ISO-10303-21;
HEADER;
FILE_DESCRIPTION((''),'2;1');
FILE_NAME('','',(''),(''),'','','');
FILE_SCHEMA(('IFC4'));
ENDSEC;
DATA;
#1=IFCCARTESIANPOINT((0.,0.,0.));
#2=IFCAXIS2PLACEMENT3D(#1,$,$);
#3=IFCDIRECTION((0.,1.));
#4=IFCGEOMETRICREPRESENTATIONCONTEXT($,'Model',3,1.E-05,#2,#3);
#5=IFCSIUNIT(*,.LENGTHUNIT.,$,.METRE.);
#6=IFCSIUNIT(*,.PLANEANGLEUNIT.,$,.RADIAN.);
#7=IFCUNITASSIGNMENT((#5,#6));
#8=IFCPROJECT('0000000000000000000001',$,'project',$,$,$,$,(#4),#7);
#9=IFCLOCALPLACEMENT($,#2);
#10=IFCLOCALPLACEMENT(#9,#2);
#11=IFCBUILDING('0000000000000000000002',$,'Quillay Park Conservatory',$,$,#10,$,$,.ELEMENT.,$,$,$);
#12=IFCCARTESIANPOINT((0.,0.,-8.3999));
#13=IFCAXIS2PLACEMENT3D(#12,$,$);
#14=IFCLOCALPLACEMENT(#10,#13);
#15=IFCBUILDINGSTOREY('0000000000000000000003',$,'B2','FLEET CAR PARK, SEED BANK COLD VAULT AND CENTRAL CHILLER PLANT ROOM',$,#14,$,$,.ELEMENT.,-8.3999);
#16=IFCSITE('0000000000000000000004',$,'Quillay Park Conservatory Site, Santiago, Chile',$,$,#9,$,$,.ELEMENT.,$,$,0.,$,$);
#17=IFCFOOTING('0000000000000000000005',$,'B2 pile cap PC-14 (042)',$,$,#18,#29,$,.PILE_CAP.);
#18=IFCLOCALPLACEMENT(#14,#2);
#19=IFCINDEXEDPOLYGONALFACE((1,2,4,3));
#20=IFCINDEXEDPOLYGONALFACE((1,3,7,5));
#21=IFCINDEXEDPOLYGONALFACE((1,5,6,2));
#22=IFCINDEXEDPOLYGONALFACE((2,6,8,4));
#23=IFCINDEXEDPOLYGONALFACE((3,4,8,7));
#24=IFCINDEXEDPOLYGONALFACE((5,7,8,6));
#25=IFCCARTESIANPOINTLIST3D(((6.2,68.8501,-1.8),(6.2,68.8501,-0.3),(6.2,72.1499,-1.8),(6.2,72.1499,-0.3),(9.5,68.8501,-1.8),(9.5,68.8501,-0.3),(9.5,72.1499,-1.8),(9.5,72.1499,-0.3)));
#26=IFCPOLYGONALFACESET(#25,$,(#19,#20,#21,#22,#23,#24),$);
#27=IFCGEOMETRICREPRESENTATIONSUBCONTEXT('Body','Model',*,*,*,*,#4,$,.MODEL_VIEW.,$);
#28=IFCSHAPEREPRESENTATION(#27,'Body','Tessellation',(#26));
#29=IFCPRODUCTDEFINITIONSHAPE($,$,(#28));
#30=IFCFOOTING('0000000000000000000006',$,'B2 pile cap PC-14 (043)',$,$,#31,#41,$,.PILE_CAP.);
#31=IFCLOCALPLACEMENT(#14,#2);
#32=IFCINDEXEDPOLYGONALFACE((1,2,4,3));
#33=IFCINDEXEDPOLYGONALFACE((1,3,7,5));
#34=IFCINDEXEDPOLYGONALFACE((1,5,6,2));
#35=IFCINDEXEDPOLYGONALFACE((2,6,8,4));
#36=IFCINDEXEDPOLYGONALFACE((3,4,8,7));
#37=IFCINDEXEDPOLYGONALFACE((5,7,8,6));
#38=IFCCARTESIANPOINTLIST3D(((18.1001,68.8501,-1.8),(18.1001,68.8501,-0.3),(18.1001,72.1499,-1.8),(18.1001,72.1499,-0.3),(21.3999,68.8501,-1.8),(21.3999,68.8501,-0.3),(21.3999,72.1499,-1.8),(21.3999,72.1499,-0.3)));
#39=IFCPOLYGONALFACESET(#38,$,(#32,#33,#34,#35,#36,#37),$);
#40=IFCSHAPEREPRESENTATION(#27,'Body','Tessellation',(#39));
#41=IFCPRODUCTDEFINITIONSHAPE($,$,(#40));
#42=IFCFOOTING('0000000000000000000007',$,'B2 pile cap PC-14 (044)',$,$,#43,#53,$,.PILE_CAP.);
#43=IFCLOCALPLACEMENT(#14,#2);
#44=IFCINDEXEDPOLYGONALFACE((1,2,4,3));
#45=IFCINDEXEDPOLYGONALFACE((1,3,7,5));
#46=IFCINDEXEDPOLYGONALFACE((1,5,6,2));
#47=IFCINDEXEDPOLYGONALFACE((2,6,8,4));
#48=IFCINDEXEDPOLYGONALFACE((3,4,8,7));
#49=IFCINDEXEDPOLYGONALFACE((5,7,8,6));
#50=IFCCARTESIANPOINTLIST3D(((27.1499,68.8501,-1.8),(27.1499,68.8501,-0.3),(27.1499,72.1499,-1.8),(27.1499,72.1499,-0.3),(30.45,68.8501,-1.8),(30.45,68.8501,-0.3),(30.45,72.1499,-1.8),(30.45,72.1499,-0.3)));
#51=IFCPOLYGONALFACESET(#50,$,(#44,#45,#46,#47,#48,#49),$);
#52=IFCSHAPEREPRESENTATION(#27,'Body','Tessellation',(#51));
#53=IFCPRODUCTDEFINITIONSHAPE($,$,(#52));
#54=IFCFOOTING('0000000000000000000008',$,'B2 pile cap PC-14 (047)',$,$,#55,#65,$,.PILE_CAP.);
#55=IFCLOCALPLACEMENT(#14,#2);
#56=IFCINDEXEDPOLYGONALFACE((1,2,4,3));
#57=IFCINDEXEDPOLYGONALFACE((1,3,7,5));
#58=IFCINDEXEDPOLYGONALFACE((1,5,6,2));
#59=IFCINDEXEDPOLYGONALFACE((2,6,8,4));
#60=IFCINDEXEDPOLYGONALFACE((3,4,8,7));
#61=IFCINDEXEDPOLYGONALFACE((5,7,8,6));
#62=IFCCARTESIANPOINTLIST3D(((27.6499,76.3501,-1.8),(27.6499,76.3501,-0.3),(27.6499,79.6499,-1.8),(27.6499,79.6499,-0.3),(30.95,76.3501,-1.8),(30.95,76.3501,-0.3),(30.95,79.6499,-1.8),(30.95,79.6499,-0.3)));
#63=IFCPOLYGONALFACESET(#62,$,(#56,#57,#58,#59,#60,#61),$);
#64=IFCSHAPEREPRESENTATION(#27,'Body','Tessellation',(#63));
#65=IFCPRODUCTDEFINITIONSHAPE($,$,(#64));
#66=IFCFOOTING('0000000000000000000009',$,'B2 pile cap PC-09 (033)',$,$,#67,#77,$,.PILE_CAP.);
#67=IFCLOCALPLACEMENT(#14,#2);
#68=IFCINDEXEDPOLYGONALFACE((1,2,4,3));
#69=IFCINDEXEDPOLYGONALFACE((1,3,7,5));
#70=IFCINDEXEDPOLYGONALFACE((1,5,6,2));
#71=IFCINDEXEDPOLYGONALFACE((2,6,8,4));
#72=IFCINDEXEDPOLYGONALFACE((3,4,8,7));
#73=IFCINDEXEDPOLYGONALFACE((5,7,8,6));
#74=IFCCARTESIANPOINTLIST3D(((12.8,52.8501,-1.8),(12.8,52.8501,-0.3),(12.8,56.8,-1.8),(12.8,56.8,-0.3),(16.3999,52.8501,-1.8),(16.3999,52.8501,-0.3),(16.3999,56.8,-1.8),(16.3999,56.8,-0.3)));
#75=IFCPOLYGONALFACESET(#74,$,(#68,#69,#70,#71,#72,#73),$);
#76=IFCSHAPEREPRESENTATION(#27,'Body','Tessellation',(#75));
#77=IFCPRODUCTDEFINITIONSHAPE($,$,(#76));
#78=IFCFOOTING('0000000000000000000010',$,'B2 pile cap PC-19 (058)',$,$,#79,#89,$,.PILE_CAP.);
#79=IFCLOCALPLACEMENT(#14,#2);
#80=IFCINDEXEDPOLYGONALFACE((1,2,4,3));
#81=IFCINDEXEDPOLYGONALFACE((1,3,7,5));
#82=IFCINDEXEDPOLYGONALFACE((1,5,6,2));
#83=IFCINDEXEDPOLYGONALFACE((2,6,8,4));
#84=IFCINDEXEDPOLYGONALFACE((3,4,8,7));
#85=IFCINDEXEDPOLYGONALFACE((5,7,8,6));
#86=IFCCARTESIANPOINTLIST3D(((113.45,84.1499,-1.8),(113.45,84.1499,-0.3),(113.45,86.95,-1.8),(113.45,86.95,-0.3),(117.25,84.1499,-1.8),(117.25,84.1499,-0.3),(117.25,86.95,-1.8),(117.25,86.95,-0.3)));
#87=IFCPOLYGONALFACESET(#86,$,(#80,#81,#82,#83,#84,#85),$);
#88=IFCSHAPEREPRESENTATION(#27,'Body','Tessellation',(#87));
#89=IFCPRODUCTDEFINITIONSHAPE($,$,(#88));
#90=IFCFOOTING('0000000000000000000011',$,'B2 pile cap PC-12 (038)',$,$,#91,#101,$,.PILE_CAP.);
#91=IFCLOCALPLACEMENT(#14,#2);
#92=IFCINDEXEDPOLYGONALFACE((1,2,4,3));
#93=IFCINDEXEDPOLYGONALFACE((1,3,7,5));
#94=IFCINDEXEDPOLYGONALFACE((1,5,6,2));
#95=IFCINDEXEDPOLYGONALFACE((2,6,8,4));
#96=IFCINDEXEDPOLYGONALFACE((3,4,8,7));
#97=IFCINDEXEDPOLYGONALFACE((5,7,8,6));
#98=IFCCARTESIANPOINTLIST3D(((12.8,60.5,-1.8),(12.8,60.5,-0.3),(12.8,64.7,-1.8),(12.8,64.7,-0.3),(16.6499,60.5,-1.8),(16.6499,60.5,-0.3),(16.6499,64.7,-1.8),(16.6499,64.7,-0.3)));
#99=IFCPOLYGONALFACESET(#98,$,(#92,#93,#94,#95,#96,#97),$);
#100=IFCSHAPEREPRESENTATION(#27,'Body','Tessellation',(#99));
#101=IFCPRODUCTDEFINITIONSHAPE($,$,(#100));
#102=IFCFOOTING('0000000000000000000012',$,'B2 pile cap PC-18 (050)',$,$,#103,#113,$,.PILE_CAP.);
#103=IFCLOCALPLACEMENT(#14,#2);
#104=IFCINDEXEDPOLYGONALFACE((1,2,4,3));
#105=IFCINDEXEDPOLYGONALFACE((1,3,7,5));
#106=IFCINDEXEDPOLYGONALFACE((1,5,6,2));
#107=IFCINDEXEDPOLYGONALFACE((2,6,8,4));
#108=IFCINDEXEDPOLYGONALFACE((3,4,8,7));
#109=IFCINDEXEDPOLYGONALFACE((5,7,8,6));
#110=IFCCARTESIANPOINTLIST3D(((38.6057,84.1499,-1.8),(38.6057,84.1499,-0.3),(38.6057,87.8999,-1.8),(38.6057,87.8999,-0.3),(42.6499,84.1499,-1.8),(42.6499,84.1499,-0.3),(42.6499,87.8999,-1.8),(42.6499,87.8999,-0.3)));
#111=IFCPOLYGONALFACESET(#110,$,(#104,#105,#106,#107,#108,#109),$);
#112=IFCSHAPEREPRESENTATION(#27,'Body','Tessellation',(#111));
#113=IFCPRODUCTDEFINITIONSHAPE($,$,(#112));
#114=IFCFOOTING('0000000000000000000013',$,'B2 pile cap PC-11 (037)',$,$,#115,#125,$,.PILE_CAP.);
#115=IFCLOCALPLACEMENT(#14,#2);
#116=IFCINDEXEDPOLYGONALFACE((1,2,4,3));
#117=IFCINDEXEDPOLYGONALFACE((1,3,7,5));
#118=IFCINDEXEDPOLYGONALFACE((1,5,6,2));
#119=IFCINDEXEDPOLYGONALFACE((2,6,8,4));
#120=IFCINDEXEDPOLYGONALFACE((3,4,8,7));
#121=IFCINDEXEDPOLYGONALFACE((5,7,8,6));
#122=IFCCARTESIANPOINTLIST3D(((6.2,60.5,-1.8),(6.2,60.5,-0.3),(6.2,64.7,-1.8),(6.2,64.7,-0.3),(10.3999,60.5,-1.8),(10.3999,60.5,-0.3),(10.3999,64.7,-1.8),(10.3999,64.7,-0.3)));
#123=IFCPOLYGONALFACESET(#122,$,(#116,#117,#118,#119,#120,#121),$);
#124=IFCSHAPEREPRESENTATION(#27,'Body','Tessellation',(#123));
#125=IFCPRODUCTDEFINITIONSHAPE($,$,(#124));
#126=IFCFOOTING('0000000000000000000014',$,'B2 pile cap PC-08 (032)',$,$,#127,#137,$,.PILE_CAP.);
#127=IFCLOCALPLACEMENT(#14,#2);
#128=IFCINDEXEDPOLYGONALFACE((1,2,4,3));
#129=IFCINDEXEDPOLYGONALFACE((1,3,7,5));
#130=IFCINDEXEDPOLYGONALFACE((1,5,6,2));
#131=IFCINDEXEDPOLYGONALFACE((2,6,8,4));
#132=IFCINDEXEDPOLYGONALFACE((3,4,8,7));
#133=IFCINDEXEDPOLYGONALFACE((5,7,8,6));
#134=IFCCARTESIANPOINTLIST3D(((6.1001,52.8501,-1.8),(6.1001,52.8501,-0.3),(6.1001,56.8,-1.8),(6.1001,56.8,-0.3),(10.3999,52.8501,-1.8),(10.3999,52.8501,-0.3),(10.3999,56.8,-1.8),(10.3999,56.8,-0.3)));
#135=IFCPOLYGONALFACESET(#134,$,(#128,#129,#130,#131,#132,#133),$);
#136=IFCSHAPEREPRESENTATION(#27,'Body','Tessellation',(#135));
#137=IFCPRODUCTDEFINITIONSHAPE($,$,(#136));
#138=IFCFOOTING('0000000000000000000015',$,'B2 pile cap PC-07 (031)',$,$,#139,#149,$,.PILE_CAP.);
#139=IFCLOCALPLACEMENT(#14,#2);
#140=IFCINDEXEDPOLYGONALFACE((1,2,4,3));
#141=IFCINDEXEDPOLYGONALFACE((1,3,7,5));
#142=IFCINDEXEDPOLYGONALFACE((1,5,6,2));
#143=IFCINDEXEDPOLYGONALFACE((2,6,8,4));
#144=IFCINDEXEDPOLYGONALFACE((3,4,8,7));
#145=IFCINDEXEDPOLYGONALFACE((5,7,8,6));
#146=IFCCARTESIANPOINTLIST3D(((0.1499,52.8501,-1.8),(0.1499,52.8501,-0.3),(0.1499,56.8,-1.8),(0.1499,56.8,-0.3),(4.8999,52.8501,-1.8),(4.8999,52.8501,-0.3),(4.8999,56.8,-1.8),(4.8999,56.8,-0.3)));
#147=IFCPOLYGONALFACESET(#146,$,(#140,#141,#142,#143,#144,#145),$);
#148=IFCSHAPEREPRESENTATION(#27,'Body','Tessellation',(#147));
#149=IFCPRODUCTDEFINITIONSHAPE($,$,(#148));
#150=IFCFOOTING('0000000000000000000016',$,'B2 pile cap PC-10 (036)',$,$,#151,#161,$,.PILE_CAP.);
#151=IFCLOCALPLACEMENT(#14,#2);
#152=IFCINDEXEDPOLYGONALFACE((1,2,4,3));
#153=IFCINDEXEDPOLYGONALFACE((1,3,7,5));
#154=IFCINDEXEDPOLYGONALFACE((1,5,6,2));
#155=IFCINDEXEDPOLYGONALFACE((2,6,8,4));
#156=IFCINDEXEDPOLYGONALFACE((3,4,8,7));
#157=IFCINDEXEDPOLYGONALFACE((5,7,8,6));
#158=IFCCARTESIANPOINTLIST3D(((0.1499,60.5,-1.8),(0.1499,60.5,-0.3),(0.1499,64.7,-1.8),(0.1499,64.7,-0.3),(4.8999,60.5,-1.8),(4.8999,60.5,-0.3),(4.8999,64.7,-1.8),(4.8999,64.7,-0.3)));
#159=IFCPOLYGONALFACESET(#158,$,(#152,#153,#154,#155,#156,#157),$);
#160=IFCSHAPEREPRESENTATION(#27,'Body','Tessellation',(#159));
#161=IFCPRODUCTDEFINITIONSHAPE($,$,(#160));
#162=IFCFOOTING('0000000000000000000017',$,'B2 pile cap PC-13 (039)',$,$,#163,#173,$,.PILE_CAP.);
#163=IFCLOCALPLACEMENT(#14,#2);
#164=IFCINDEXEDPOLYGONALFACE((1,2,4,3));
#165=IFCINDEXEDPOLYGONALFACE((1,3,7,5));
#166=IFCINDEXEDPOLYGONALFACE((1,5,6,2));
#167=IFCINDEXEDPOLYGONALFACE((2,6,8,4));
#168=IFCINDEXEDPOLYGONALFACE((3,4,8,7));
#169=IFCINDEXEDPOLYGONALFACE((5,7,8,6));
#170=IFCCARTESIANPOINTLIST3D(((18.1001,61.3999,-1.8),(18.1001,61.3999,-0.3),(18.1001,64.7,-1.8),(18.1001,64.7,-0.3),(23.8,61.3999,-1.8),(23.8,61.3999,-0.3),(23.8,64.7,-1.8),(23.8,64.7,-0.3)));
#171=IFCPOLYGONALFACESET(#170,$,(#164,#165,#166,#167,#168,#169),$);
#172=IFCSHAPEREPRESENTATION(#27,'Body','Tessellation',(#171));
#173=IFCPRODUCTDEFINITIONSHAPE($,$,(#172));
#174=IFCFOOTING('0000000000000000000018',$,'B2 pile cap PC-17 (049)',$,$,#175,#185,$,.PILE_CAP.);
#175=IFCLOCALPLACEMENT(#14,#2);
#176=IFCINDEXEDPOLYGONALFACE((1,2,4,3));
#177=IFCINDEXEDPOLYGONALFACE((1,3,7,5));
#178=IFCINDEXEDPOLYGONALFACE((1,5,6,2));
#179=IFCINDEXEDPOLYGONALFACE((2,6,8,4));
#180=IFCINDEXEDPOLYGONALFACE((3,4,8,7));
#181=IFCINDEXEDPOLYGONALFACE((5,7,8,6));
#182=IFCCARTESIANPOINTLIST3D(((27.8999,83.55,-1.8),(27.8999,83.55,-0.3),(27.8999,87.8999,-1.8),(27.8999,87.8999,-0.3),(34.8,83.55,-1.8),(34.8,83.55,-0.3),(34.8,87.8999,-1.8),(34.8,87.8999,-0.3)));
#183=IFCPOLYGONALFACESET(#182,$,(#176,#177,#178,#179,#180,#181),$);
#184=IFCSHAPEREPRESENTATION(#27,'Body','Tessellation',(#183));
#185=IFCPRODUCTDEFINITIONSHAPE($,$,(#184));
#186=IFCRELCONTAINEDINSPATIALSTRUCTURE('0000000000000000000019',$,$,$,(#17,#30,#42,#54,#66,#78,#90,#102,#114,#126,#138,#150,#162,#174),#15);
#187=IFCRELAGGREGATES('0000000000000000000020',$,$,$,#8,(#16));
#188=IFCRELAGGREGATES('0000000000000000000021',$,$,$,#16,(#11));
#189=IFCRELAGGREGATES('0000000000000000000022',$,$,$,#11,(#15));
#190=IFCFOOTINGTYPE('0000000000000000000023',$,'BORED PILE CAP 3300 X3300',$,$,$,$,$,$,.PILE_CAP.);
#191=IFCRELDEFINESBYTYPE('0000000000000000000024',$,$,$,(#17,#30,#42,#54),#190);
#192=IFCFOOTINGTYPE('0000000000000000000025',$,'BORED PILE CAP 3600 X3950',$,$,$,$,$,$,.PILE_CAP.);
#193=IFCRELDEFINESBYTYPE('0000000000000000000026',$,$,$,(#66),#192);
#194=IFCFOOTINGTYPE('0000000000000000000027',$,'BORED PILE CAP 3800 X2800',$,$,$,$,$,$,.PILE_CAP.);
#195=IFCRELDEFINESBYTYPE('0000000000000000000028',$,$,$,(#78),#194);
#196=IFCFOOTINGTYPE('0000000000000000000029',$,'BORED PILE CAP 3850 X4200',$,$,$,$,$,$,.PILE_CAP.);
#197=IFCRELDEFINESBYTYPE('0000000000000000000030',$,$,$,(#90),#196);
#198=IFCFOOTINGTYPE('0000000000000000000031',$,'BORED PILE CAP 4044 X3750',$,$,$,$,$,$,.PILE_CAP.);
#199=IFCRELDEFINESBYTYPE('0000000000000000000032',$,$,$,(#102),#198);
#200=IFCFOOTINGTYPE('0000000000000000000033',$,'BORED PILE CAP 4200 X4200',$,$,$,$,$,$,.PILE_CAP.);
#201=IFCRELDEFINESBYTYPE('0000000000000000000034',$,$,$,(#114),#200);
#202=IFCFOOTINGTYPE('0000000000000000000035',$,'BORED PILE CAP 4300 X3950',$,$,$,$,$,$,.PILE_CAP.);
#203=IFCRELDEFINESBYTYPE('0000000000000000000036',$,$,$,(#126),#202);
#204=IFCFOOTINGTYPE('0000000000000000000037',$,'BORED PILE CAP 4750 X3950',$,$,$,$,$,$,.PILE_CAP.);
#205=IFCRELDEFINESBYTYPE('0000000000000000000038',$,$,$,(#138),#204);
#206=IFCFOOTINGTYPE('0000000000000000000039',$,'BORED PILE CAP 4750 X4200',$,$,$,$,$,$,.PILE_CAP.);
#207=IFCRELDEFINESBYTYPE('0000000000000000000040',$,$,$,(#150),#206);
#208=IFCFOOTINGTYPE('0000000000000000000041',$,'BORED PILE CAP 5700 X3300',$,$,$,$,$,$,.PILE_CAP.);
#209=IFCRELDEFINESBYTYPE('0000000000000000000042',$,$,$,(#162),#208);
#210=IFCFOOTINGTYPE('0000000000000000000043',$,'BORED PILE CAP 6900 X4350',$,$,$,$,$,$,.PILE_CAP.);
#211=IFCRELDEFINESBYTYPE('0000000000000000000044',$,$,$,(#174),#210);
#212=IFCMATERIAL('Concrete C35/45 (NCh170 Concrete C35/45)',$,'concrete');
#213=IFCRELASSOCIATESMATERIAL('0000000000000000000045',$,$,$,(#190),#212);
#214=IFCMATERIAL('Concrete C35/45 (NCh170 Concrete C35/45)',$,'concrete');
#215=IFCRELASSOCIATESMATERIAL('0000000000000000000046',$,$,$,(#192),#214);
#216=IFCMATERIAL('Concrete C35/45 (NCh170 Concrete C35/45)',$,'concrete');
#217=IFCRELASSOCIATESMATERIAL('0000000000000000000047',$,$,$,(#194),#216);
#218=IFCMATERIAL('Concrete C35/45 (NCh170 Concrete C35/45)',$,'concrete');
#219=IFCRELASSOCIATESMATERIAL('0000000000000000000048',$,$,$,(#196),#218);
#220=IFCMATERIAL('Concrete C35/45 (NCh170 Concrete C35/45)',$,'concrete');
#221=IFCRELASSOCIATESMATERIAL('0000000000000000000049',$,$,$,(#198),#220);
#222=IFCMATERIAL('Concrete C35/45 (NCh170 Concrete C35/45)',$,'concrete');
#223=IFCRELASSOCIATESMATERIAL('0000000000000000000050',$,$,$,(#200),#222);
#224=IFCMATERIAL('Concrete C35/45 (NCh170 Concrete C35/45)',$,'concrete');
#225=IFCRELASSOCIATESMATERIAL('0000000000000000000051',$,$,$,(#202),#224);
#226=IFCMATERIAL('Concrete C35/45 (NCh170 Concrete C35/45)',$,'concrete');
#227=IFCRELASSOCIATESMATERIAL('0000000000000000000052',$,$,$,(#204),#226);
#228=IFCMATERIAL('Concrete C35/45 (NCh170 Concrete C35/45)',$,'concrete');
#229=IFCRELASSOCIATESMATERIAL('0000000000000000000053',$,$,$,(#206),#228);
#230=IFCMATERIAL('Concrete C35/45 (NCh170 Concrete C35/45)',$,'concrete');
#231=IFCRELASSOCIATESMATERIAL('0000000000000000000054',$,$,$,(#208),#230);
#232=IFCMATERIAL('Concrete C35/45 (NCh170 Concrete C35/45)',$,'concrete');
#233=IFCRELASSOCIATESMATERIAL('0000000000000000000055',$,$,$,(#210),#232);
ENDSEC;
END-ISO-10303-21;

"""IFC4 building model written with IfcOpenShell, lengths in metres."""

from ifc_helpers import new_model, si_unit, direction, frame, origin, place, context, subcontext, project, spatial, polyline, outline, extrude, material, type_object, element, save


model = new_model("IFC4")

# Units and contexts
model_context = context("Model", 3, precision=1e-05, world=origin(), true_north=direction((0.0, 1.0)))
body_context = subcontext(model_context, "Body", "Model", "MODEL_VIEW")
ifc_project = project(units=[si_unit("LENGTHUNIT", "METRE"), si_unit("PLANEANGLEUNIT", "RADIAN")], contexts=[model_context])

# Site, building, storey
site_placement = place(None, origin())
site = spatial("IfcSite", under=ifc_project, at=site_placement, Name="Quillay Park Conservatory Site, Santiago, Chile", CompositionType="ELEMENT", RefElevation=0.0)
building_placement = place(site_placement, origin())
building = spatial("IfcBuilding", under=site, at=building_placement, Name="Quillay Park Conservatory", CompositionType="ELEMENT")
storey_placement = place(building_placement, frame((0.0, 0.0, -8.3999)))
storey = spatial("IfcBuildingStorey", under=building, at=storey_placement, Name="B2", Description="FLEET CAR PARK, SEED BANK COLD VAULT AND CENTRAL CHILLER PLANT ROOM", CompositionType="ELEMENT", Elevation=-8.3999)

# Footings
ifc_material_1 = material(Name="Concrete C35/45 (NCh170 Concrete C35/45)", Category="concrete")
footing_type_1 = type_object("IfcFootingType", Name="BORED PILE CAP 3300 X3300", PredefinedType="PILE_CAP", material=ifc_material_1)
footing_1_placement = place(storey_placement, frame((0.0, 0.0, -1.8)))
element("IfcFooting", 1, at=footing_1_placement, inside=storey, type_object=footing_type_1, Name="B2 pile cap PC-14 (042)", PredefinedType="PILE_CAP", context=body_context, shape_type="SweptSolid", body=[
    extrude(outline(polyline([(6.2, 68.8501), (9.5, 68.8501), (9.5, 72.1499), (6.2, 72.1499), (6.2, 68.8501)])), origin(), (0.0, 0.0, 1.0), 1.5),
])
footing_2_placement = place(storey_placement, frame((0.0, 0.0, -1.8)))
element("IfcFooting", 2, at=footing_2_placement, inside=storey, type_object=footing_type_1, Name="B2 pile cap PC-14 (043)", PredefinedType="PILE_CAP", context=body_context, shape_type="SweptSolid", body=[
    extrude(outline(polyline([(18.1001, 68.8501), (21.3999, 68.8501), (21.3999, 72.1499), (18.1001, 72.1499), (18.1001, 68.8501)])), origin(), (0.0, 0.0, 1.0), 1.5),
])
footing_3_placement = place(storey_placement, frame((0.0, 0.0, -1.8)))
element("IfcFooting", 3, at=footing_3_placement, inside=storey, type_object=footing_type_1, Name="B2 pile cap PC-14 (044)", PredefinedType="PILE_CAP", context=body_context, shape_type="SweptSolid", body=[
    extrude(outline(polyline([(27.1499, 68.8501), (30.45, 68.8501), (30.45, 72.1499), (27.1499, 72.1499), (27.1499, 68.8501)])), origin(), (0.0, 0.0, 1.0), 1.5),
])
footing_4_placement = place(storey_placement, frame((0.0, 0.0, -1.8)))
element("IfcFooting", 4, at=footing_4_placement, inside=storey, type_object=footing_type_1, Name="B2 pile cap PC-14 (047)", PredefinedType="PILE_CAP", context=body_context, shape_type="SweptSolid", body=[
    extrude(outline(polyline([(27.6499, 76.3501), (30.95, 76.3501), (30.95, 79.6499), (27.6499, 79.6499), (27.6499, 76.3501)])), origin(), (0.0, 0.0, 1.0), 1.5),
])
ifc_material_2 = material(Name="Concrete C35/45 (NCh170 Concrete C35/45)", Category="concrete")
footing_type_2 = type_object("IfcFootingType", Name="BORED PILE CAP 3600 X3950", PredefinedType="PILE_CAP", material=ifc_material_2)
footing_5_placement = place(storey_placement, frame((0.0, 0.0, -1.8)))
element("IfcFooting", 5, at=footing_5_placement, inside=storey, type_object=footing_type_2, Name="B2 pile cap PC-09 (033)", PredefinedType="PILE_CAP", context=body_context, shape_type="SweptSolid", body=[
    extrude(outline(polyline([(12.8, 52.8501), (16.3999, 52.8501), (16.3999, 56.8), (12.8, 56.8), (12.8, 52.8501)])), origin(), (0.0, 0.0, 1.0), 1.5),
])
ifc_material_3 = material(Name="Concrete C35/45 (NCh170 Concrete C35/45)", Category="concrete")
footing_type_3 = type_object("IfcFootingType", Name="BORED PILE CAP 3800 X2800", PredefinedType="PILE_CAP", material=ifc_material_3)
footing_6_placement = place(storey_placement, frame((0.0, 0.0, -1.8)))
element("IfcFooting", 6, at=footing_6_placement, inside=storey, type_object=footing_type_3, Name="B2 pile cap PC-19 (058)", PredefinedType="PILE_CAP", context=body_context, shape_type="SweptSolid", body=[
    extrude(outline(polyline([(113.45, 84.1499), (117.25, 84.1499), (117.25, 86.95), (113.45, 86.95), (113.45, 84.1499)])), origin(), (0.0, 0.0, 1.0), 1.5),
])
ifc_material_4 = material(Name="Concrete C35/45 (NCh170 Concrete C35/45)", Category="concrete")
footing_type_4 = type_object("IfcFootingType", Name="BORED PILE CAP 3850 X4200", PredefinedType="PILE_CAP", material=ifc_material_4)
footing_7_placement = place(storey_placement, frame((0.0, 0.0, -1.8)))
element("IfcFooting", 7, at=footing_7_placement, inside=storey, type_object=footing_type_4, Name="B2 pile cap PC-12 (038)", PredefinedType="PILE_CAP", context=body_context, shape_type="SweptSolid", body=[
    extrude(outline(polyline([(12.8, 60.5), (16.6499, 60.5), (16.6499, 64.7), (12.8, 64.7), (12.8, 60.5)])), origin(), (0.0, 0.0, 1.0), 1.5),
])
ifc_material_5 = material(Name="Concrete C35/45 (NCh170 Concrete C35/45)", Category="concrete")
footing_type_5 = type_object("IfcFootingType", Name="BORED PILE CAP 4044 X3750", PredefinedType="PILE_CAP", material=ifc_material_5)
footing_8_placement = place(storey_placement, frame((0.0, 0.0, -1.8)))
element("IfcFooting", 8, at=footing_8_placement, inside=storey, type_object=footing_type_5, Name="B2 pile cap PC-18 (050)", PredefinedType="PILE_CAP", context=body_context, shape_type="SweptSolid", body=[
    extrude(outline(polyline([(38.6057, 84.1499), (42.6499, 84.1499), (42.6499, 87.8999), (38.6057, 87.8999), (38.6057, 84.1499)])), origin(), (0.0, 0.0, 1.0), 1.5),
])
ifc_material_6 = material(Name="Concrete C35/45 (NCh170 Concrete C35/45)", Category="concrete")
footing_type_6 = type_object("IfcFootingType", Name="BORED PILE CAP 4200 X4200", PredefinedType="PILE_CAP", material=ifc_material_6)
footing_9_placement = place(storey_placement, frame((0.0, 0.0, -1.8)))
element("IfcFooting", 9, at=footing_9_placement, inside=storey, type_object=footing_type_6, Name="B2 pile cap PC-11 (037)", PredefinedType="PILE_CAP", context=body_context, shape_type="SweptSolid", body=[
    extrude(outline(polyline([(6.2, 60.5), (10.3999, 60.5), (10.3999, 64.7), (6.2, 64.7), (6.2, 60.5)])), origin(), (0.0, 0.0, 1.0), 1.5),
])
ifc_material_7 = material(Name="Concrete C35/45 (NCh170 Concrete C35/45)", Category="concrete")
footing_type_7 = type_object("IfcFootingType", Name="BORED PILE CAP 4300 X3950", PredefinedType="PILE_CAP", material=ifc_material_7)
footing_10_placement = place(storey_placement, frame((0.0, 0.0, -1.8)))
element("IfcFooting", 10, at=footing_10_placement, inside=storey, type_object=footing_type_7, Name="B2 pile cap PC-08 (032)", PredefinedType="PILE_CAP", context=body_context, shape_type="SweptSolid", body=[
    extrude(outline(polyline([(6.1001, 52.8501), (10.3999, 52.8501), (10.3999, 56.8), (6.1001, 56.8), (6.1001, 52.8501)])), origin(), (0.0, 0.0, 1.0), 1.5),
])
ifc_material_8 = material(Name="Concrete C35/45 (NCh170 Concrete C35/45)", Category="concrete")
footing_type_8 = type_object("IfcFootingType", Name="BORED PILE CAP 4750 X3950", PredefinedType="PILE_CAP", material=ifc_material_8)
footing_11_placement = place(storey_placement, frame((0.0, 0.0, -1.8)))
element("IfcFooting", 11, at=footing_11_placement, inside=storey, type_object=footing_type_8, Name="B2 pile cap PC-07 (031)", PredefinedType="PILE_CAP", context=body_context, shape_type="SweptSolid", body=[
    extrude(outline(polyline([(0.1499, 52.8501), (4.8999, 52.8501), (4.8999, 56.8), (0.1499, 56.8), (0.1499, 52.8501)])), origin(), (0.0, 0.0, 1.0), 1.5),
])
ifc_material_9 = material(Name="Concrete C35/45 (NCh170 Concrete C35/45)", Category="concrete")
footing_type_9 = type_object("IfcFootingType", Name="BORED PILE CAP 4750 X4200", PredefinedType="PILE_CAP", material=ifc_material_9)
footing_12_placement = place(storey_placement, frame((0.0, 0.0, -1.8)))
element("IfcFooting", 12, at=footing_12_placement, inside=storey, type_object=footing_type_9, Name="B2 pile cap PC-10 (036)", PredefinedType="PILE_CAP", context=body_context, shape_type="SweptSolid", body=[
    extrude(outline(polyline([(0.1499, 60.5), (4.8999, 60.5), (4.8999, 64.7), (0.1499, 64.7), (0.1499, 60.5)])), origin(), (0.0, 0.0, 1.0), 1.5),
])
ifc_material_10 = material(Name="Concrete C35/45 (NCh170 Concrete C35/45)", Category="concrete")
footing_type_10 = type_object("IfcFootingType", Name="BORED PILE CAP 5700 X3300", PredefinedType="PILE_CAP", material=ifc_material_10)
footing_13_placement = place(storey_placement, frame((0.0, 0.0, -1.8)))
element("IfcFooting", 13, at=footing_13_placement, inside=storey, type_object=footing_type_10, Name="B2 pile cap PC-13 (039)", PredefinedType="PILE_CAP", context=body_context, shape_type="SweptSolid", body=[
    extrude(outline(polyline([(18.1001, 61.3999), (23.8, 61.3999), (23.8, 64.7), (18.1001, 64.7), (18.1001, 61.3999)])), origin(), (0.0, 0.0, 1.0), 1.5),
])
ifc_material_11 = material(Name="Concrete C35/45 (NCh170 Concrete C35/45)", Category="concrete")
footing_type_11 = type_object("IfcFootingType", Name="BORED PILE CAP 6900 X4350", PredefinedType="PILE_CAP", material=ifc_material_11)
footing_14_placement = place(storey_placement, frame((0.0, 0.0, -1.8)))
element("IfcFooting", 14, at=footing_14_placement, inside=storey, type_object=footing_type_11, Name="B2 pile cap PC-17 (049)", PredefinedType="PILE_CAP", context=body_context, shape_type="SweptSolid", body=[
    extrude(outline(polyline([(27.8999, 83.55), (34.8, 83.55), (34.8, 87.8999), (27.8999, 87.8999), (27.8999, 83.55)])), origin(), (0.0, 0.0, 1.0), 1.5),
])

save(model, "model.ifc")
